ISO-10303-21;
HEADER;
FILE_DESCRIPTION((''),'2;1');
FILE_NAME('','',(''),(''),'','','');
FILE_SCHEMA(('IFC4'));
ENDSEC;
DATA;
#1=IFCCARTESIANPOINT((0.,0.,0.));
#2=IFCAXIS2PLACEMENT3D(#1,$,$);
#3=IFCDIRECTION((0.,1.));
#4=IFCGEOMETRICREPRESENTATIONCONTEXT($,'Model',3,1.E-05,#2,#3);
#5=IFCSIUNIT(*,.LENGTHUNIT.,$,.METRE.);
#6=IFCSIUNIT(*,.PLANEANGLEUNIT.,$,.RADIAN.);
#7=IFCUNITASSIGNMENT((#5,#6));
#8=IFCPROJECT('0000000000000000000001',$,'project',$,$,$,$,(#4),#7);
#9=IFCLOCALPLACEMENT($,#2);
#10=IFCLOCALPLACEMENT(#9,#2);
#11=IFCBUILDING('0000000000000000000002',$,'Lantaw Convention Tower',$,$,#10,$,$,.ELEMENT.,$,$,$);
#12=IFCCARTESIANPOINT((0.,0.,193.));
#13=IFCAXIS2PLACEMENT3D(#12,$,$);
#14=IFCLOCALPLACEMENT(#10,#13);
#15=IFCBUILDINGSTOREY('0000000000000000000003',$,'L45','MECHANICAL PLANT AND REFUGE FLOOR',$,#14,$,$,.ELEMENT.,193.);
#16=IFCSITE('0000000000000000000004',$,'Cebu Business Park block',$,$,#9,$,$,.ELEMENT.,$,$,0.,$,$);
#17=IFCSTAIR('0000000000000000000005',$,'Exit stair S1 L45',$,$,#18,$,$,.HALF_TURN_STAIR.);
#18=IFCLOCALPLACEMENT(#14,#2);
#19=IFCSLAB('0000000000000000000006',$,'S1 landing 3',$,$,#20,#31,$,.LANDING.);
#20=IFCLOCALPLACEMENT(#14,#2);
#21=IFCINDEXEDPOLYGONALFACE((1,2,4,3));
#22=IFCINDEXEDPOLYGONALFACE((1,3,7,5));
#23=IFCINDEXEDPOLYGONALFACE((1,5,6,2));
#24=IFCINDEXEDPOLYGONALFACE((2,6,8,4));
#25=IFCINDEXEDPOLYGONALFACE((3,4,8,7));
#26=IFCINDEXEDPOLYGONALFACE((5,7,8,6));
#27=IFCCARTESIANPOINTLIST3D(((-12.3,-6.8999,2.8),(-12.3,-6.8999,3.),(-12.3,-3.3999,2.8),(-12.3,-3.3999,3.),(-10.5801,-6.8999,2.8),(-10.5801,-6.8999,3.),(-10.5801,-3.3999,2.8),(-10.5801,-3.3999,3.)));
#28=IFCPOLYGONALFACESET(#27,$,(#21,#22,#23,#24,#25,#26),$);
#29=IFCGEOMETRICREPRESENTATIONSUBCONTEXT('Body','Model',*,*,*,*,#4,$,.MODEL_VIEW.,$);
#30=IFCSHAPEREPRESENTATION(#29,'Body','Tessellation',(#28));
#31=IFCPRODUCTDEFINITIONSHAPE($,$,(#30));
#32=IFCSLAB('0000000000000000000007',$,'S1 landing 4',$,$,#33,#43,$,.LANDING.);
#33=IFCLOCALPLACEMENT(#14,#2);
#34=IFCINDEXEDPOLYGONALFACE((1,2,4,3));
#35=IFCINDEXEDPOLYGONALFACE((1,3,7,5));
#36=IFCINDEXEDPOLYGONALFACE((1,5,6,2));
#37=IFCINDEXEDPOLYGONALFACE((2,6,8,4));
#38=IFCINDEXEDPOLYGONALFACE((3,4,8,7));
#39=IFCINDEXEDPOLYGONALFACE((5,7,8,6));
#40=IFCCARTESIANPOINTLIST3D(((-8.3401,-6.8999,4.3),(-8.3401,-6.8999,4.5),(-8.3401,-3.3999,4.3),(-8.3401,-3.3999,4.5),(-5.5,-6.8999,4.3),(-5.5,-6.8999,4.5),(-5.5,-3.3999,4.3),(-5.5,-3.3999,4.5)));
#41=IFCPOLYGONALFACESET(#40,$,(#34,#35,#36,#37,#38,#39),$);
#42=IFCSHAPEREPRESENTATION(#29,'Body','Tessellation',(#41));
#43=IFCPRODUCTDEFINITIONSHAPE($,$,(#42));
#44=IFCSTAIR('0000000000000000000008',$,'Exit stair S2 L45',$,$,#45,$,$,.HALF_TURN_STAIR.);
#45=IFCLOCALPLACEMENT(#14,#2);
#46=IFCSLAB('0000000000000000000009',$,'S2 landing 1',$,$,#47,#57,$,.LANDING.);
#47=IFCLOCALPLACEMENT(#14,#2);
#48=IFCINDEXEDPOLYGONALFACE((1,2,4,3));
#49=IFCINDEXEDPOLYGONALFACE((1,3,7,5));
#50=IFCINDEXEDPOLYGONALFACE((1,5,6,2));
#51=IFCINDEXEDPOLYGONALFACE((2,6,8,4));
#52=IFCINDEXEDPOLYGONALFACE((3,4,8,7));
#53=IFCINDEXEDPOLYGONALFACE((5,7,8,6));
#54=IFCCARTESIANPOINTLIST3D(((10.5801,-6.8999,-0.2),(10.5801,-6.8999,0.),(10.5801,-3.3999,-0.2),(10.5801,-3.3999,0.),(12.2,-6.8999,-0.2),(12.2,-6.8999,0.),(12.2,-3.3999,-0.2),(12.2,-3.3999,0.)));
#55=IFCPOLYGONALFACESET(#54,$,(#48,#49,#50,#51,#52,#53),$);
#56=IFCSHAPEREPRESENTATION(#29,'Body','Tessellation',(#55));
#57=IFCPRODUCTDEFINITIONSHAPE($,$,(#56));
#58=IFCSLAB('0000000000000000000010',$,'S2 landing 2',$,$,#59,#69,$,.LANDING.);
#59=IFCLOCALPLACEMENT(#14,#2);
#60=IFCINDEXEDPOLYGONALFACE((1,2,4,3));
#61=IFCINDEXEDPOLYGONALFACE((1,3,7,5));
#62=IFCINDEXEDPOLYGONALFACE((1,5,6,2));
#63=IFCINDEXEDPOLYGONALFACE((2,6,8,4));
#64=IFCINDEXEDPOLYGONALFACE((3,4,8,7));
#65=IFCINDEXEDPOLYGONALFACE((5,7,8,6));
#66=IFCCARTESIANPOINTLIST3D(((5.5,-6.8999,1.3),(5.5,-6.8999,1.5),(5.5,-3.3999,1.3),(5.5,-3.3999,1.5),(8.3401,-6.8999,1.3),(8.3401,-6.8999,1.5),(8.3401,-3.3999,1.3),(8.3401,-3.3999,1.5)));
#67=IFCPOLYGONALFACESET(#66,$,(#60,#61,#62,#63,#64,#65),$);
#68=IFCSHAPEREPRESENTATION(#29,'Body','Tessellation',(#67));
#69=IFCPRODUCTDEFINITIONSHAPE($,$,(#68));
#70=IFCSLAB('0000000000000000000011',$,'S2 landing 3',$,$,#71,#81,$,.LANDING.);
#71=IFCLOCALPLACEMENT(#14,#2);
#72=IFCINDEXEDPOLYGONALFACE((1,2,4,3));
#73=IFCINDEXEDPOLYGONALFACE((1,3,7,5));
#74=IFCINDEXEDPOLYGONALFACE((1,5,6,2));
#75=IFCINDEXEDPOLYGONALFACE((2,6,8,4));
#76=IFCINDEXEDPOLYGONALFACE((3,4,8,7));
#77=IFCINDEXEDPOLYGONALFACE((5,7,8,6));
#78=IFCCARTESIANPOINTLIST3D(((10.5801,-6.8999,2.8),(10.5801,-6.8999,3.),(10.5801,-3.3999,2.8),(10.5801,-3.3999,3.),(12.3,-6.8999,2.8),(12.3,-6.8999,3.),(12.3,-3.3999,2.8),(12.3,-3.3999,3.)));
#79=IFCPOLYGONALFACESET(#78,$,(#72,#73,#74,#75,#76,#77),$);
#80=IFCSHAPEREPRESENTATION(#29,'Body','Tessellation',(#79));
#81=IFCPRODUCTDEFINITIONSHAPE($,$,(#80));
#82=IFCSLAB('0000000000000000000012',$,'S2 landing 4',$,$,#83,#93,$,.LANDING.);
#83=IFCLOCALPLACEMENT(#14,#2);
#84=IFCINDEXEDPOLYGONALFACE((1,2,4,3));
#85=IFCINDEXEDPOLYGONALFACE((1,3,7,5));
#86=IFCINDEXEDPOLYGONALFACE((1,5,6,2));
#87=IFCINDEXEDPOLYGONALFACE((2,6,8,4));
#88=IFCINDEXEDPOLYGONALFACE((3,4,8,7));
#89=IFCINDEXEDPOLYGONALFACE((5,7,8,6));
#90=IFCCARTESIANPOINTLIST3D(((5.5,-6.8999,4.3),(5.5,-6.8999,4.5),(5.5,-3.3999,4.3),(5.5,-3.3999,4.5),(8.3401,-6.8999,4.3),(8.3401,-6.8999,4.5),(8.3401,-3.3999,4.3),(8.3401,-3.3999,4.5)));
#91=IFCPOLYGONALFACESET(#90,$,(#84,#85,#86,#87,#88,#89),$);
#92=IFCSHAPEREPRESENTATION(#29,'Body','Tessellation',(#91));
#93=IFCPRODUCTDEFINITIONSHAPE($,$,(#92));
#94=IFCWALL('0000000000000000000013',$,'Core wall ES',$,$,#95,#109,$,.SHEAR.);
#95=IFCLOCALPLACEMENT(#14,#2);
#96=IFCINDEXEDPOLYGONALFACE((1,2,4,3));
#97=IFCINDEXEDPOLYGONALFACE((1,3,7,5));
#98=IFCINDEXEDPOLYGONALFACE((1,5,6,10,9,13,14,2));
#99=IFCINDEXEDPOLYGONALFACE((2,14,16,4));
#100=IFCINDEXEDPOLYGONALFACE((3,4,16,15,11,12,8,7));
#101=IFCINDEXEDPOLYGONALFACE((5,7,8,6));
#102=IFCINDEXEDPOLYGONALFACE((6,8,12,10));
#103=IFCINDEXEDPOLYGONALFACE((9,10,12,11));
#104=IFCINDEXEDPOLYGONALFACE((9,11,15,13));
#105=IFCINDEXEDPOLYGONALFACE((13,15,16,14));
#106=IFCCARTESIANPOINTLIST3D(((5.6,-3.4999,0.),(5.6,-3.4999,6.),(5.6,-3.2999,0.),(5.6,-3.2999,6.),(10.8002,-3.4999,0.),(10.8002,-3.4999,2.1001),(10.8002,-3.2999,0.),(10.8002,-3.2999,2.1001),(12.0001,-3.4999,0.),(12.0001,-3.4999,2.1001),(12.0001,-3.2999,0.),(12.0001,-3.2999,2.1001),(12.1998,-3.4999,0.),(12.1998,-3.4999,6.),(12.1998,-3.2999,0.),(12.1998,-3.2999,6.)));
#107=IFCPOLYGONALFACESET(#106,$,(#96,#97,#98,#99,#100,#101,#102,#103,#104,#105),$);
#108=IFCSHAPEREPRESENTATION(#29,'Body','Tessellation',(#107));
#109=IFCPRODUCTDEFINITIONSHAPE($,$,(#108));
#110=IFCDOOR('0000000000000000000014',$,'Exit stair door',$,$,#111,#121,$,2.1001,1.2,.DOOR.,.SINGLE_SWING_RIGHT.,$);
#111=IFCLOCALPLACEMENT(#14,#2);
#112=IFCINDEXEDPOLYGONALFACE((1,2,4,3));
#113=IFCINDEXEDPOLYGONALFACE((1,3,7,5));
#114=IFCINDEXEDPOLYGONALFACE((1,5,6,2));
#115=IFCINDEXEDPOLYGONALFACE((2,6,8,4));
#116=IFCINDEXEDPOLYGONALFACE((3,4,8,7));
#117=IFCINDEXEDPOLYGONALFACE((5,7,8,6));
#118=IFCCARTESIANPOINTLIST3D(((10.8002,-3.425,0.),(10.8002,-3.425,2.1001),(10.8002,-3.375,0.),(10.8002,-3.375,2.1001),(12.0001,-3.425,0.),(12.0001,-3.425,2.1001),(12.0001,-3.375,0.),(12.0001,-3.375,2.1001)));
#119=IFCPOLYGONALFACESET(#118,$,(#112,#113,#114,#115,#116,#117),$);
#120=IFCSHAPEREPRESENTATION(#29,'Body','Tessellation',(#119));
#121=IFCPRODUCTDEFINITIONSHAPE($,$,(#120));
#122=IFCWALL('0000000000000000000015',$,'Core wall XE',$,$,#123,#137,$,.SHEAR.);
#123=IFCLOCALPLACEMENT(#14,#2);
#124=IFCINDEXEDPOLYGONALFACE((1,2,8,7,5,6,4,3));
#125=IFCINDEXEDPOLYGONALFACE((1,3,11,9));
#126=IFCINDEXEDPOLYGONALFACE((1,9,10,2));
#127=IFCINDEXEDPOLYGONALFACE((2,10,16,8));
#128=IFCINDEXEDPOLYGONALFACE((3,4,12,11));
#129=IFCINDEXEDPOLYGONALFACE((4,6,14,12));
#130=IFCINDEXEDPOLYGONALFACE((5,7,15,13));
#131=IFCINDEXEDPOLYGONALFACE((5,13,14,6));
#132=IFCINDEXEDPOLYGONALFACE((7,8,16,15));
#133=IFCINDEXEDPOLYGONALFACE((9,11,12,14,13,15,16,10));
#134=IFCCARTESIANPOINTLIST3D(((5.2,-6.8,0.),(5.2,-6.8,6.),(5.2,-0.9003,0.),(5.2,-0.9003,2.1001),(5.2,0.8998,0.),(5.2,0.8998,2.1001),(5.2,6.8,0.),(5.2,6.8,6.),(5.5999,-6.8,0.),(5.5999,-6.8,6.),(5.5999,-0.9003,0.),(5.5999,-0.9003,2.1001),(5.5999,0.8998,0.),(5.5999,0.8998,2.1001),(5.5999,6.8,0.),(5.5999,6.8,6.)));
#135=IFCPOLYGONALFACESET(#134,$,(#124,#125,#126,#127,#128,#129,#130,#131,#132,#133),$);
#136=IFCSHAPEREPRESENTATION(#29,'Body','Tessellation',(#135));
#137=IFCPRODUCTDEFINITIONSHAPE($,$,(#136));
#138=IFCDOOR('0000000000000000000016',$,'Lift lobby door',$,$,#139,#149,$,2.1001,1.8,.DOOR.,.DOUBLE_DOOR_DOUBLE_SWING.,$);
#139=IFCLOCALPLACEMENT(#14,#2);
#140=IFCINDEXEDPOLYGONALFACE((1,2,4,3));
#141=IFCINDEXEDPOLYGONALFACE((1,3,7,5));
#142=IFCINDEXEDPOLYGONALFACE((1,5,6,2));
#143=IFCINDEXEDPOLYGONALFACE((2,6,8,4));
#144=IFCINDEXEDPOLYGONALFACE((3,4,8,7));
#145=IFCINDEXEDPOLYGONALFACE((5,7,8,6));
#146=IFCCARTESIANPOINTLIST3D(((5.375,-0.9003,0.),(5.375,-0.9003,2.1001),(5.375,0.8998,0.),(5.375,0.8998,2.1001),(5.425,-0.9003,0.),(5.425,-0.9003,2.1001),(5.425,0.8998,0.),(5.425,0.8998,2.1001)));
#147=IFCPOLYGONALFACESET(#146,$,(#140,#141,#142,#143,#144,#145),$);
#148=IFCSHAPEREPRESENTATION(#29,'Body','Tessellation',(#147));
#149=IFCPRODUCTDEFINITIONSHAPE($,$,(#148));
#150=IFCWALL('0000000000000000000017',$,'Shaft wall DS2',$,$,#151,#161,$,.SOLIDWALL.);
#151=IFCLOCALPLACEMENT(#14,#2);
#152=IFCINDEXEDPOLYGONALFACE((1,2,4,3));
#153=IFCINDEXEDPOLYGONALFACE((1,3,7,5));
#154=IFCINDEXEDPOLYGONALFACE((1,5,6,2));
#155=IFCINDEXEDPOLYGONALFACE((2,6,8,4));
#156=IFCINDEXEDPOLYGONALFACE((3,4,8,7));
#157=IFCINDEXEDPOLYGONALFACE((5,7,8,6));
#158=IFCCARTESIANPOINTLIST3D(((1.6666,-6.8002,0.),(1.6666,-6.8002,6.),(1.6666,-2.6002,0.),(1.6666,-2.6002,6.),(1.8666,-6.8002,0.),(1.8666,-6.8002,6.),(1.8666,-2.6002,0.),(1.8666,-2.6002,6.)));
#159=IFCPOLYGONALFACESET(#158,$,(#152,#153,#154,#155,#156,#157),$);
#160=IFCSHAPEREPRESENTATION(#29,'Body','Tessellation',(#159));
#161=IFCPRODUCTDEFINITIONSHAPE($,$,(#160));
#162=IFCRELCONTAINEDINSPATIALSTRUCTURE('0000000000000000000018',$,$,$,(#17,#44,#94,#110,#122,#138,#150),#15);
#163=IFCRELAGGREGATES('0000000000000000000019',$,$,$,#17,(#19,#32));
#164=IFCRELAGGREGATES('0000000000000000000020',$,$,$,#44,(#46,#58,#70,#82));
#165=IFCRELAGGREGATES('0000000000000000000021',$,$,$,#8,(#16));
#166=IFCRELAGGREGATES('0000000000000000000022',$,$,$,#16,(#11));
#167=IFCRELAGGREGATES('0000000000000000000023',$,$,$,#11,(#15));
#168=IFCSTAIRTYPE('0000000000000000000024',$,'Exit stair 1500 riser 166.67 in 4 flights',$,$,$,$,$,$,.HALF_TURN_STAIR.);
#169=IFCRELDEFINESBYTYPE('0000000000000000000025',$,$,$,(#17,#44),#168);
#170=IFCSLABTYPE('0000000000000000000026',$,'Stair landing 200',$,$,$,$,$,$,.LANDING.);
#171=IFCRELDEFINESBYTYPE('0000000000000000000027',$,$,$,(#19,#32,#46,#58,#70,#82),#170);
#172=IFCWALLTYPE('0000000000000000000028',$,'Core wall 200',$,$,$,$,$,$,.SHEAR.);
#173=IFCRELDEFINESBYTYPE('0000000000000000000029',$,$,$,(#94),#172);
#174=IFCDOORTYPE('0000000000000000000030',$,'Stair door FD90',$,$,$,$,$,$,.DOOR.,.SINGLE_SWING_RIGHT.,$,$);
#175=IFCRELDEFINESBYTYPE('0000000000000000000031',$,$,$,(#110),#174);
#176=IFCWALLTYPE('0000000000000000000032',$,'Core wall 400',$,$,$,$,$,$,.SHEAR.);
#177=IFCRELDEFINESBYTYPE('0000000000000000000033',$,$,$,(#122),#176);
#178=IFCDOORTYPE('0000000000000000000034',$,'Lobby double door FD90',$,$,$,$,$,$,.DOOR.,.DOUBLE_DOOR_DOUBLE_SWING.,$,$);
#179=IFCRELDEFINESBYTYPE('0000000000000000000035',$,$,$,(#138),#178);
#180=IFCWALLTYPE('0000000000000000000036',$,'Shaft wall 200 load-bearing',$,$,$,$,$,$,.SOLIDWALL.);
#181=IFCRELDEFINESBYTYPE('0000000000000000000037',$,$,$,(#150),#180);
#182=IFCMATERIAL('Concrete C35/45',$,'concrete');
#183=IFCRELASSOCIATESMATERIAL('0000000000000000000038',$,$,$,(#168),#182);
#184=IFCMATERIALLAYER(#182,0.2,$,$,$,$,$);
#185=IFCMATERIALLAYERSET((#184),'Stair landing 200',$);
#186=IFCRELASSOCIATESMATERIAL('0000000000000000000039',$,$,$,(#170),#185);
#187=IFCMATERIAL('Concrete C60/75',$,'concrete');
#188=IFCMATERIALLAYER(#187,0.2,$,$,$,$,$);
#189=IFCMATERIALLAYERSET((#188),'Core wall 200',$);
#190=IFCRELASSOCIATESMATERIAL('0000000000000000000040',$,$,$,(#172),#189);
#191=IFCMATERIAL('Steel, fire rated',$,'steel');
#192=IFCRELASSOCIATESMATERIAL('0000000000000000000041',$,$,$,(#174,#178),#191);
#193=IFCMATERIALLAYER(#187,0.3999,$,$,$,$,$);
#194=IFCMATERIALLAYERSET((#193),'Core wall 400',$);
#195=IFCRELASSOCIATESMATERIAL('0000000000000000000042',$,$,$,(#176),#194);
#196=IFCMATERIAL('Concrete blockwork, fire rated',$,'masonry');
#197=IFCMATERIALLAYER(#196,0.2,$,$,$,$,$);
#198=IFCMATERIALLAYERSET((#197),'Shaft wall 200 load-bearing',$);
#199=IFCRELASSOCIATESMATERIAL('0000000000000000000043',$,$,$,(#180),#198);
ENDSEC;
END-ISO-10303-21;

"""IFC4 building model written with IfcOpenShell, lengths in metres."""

from ifc_helpers import new_model, si_unit, direction, frame, frame_2d, origin, place, context, subcontext, project, spatial, polyline, rectangle, outline, extrude, material, layer, layer_set, type_object, element, fill, aggregate, save


model = new_model("IFC4")

# Units and contexts
model_context = context("Model", 3, precision=1e-05, world=origin(), true_north=direction((0.0, 1.0)))
body_context = subcontext(model_context, "Body", "Model", "MODEL_VIEW")
ifc_project = project(units=[si_unit("LENGTHUNIT", "METRE"), si_unit("PLANEANGLEUNIT", "RADIAN")], contexts=[model_context])

# Site, building, storey
site_placement = place(None, origin())
site = spatial("IfcSite", under=ifc_project, at=site_placement, Name="Cebu Business Park block", CompositionType="ELEMENT", RefElevation=0.0)
building_placement = place(site_placement, origin())
building = spatial("IfcBuilding", under=site, at=building_placement, Name="Lantaw Convention Tower", CompositionType="ELEMENT")
storey_placement = place(building_placement, frame((0.0, 0.0, 193.0)))
storey = spatial("IfcBuildingStorey", under=building, at=storey_placement, Name="L45", Description="MECHANICAL PLANT AND REFUGE FLOOR", CompositionType="ELEMENT", Elevation=193.0)

# Shared definitions
ifc_material_1 = material(Name="Concrete C35/45", Category="concrete")

# Stairs, slabs
stair_type = type_object("IfcStairType", Name="Exit stair 1500 riser 166.67 in 4 flights", PredefinedType="HALF_TURN_STAIR", material=ifc_material_1)
stair_1_placement = place(storey_placement, origin())
stair_1 = element("IfcStair", 1, at=stair_1_placement, inside=storey, type_object=stair_type, Name="Exit stair S1 L45", PredefinedType="HALF_TURN_STAIR")
ifc_layer_1 = layer(ifc_material_1, 0.2)
ifc_layer_set_1 = layer_set([ifc_layer_1], Name="Stair landing 200")
slab_type_1 = type_object("IfcSlabType", Name="Stair landing 200", PredefinedType="LANDING", material=ifc_layer_set_1)
slab_1_placement = place(storey_placement, frame((0.0, 0.0, 2.8)))
slab_1 = element("IfcSlab", 2, at=slab_1_placement, type_object=slab_type_1, Name="S1 landing 3", PredefinedType="LANDING", context=body_context, shape_type="SweptSolid", body=[
    extrude(outline(polyline([(-12.3, -6.8999), (-10.5801, -6.8999), (-10.5801, -3.3999), (-12.3, -3.3999), (-12.3, -6.8999)])), origin(), (0.0, 0.0, 1.0), 0.2),
])
slab_2_placement = place(storey_placement, frame((0.0, 0.0, 4.3)))
slab_2 = element("IfcSlab", 3, at=slab_2_placement, type_object=slab_type_1, Name="S1 landing 4", PredefinedType="LANDING", context=body_context, shape_type="SweptSolid", body=[
    extrude(outline(polyline([(-8.3401, -6.8999), (-5.5, -6.8999), (-5.5, -3.3999), (-8.3401, -3.3999), (-8.3401, -6.8999)])), origin(), (0.0, 0.0, 1.0), 0.2),
])
aggregate(stair_1, [slab_1, slab_2])
stair_2_placement = place(storey_placement, origin())
stair_2 = element("IfcStair", 4, at=stair_2_placement, inside=storey, type_object=stair_type, Name="Exit stair S2 L45", PredefinedType="HALF_TURN_STAIR")
slab_3_placement = place(storey_placement, frame((0.0, 0.0, -0.2)))
slab_3 = element("IfcSlab", 5, at=slab_3_placement, type_object=slab_type_1, Name="S2 landing 1", PredefinedType="LANDING", context=body_context, shape_type="SweptSolid", body=[
    extrude(outline(polyline([(10.5801, -6.8999), (12.2, -6.8999), (12.2, -3.3999), (10.5801, -3.3999), (10.5801, -6.8999)])), origin(), (0.0, 0.0, 1.0), 0.2),
])
slab_4_placement = place(storey_placement, frame((0.0, 0.0, 1.3)))
slab_4 = element("IfcSlab", 6, at=slab_4_placement, type_object=slab_type_1, Name="S2 landing 2", PredefinedType="LANDING", context=body_context, shape_type="SweptSolid", body=[
    extrude(outline(polyline([(5.5, -6.8999), (8.3401, -6.8999), (8.3401, -3.3999), (5.5, -3.3999), (5.5, -6.8999)])), origin(), (0.0, 0.0, 1.0), 0.2),
])
slab_5_placement = place(storey_placement, frame((0.0, 0.0, 2.8)))
slab_5 = element("IfcSlab", 7, at=slab_5_placement, type_object=slab_type_1, Name="S2 landing 3", PredefinedType="LANDING", context=body_context, shape_type="SweptSolid", body=[
    extrude(outline(polyline([(10.5801, -6.8999), (12.3, -6.8999), (12.3, -3.3999), (10.5801, -3.3999), (10.5801, -6.8999)])), origin(), (0.0, 0.0, 1.0), 0.2),
])
slab_6_placement = place(storey_placement, frame((0.0, 0.0, 4.3)))
slab_6 = element("IfcSlab", 8, at=slab_6_placement, type_object=slab_type_1, Name="S2 landing 4", PredefinedType="LANDING", context=body_context, shape_type="SweptSolid", body=[
    extrude(outline(polyline([(5.5, -6.8999), (8.3401, -6.8999), (8.3401, -3.3999), (5.5, -3.3999), (5.5, -6.8999)])), origin(), (0.0, 0.0, 1.0), 0.2),
])
aggregate(stair_2, [slab_3, slab_4, slab_5, slab_6])

# Walls, openings, doors
ifc_material_2 = material(Name="Concrete C60/75", Category="concrete")
ifc_layer_2 = layer(ifc_material_2, 0.2)
ifc_layer_set_2 = layer_set([ifc_layer_2], Name="Core wall 200")
wall_type_1 = type_object("IfcWallType", Name="Core wall 200", PredefinedType="SHEAR", material=ifc_layer_set_2)
wall_1_placement = place(storey_placement, frame((5.6001, -3.3999, 0.0), z_axis=(0.0, 0.0, 1.0), x_axis=(1.0, 0.0, 0.0)))
wall_1 = element("IfcWall", 9, at=wall_1_placement, inside=storey, type_object=wall_type_1, Name="Core wall ES", PredefinedType="SHEAR", context=body_context, shape_type="SweptSolid", body=[
    extrude(rectangle(XDim=6.5999, YDim=0.2, at=frame_2d((3.2998, 0.0))), origin(), (0.0, 0.0, 1.0), 6.0),
])
opening_1_placement = place(wall_1_placement, frame((5.2, 0.0, 0.0)))
opening_1 = element("IfcOpeningElement", 10, at=opening_1_placement, cuts=wall_1, PredefinedType="OPENING", context=body_context, shape_type="SweptSolid", body=[
    extrude(rectangle(XDim=1.2, YDim=2.1001, at=frame_2d((0.6001, 1.05))), frame((0.0, 0.1099, 0.0), z_axis=(0.0, -1.0, 0.0), x_axis=(1.0, 0.0, 0.0)), (0.0, 0.0, 1.0), 0.22),
])
ifc_material_3 = material(Name="Steel, fire rated", Category="steel")
door_type_1 = type_object("IfcDoorType", Name="Stair door FD90", OperationType="SINGLE_SWING_RIGHT", PredefinedType="DOOR", material=ifc_material_3)
door_1_placement = place(opening_1_placement, origin())
door_1 = element("IfcDoor", 11, at=door_1_placement, inside=storey, type_object=door_type_1, Name="Exit stair door", OperationType="SINGLE_SWING_RIGHT", OverallHeight=2.1001, OverallWidth=1.2, PredefinedType="DOOR", context=body_context, shape_type="SweptSolid", body=[
    extrude(rectangle(XDim=1.2, YDim=2.1001, at=frame_2d((0.6001, 1.05))), frame((0.0, 0.0249, 0.0), z_axis=(0.0, -1.0, 0.0), x_axis=(1.0, 0.0, 0.0)), (0.0, 0.0, 1.0), 0.05),
])
fill(opening_1, door_1)
ifc_layer_3 = layer(ifc_material_2, 0.3999)
ifc_layer_set_3 = layer_set([ifc_layer_3], Name="Core wall 400")
wall_type_2 = type_object("IfcWallType", Name="Core wall 400", PredefinedType="SHEAR", material=ifc_layer_set_3)
wall_2_placement = place(storey_placement, frame((5.3999, -6.8, 0.0), z_axis=(0.0, 0.0, 1.0), x_axis=(0.0, 1.0, 0.0)))
wall_2 = element("IfcWall", 12, at=wall_2_placement, inside=storey, type_object=wall_type_2, Name="Core wall XE", PredefinedType="SHEAR", context=body_context, shape_type="SweptSolid", body=[
    extrude(rectangle(XDim=13.6001, YDim=0.3999, at=frame_2d((6.8, 0.0))), origin(), (0.0, 0.0, 1.0), 6.0),
])
opening_2_placement = place(wall_2_placement, frame((5.8999, 0.0, 0.0)))
opening_2 = element("IfcOpeningElement", 13, at=opening_2_placement, cuts=wall_2, PredefinedType="OPENING", context=body_context, shape_type="SweptSolid", body=[
    extrude(rectangle(XDim=1.8, YDim=2.1001, at=frame_2d((0.8999, 1.05))), frame((0.0, 0.21, 0.0), z_axis=(0.0, -1.0, 0.0), x_axis=(1.0, 0.0, 0.0)), (0.0, 0.0, 1.0), 0.4199),
])
door_type_2 = type_object("IfcDoorType", Name="Lobby double door FD90", OperationType="DOUBLE_DOOR_DOUBLE_SWING", PredefinedType="DOOR", material=ifc_material_3)
door_2_placement = place(opening_2_placement, origin())
door_2 = element("IfcDoor", 14, at=door_2_placement, inside=storey, type_object=door_type_2, Name="Lift lobby door", OperationType="DOUBLE_DOOR_DOUBLE_SWING", OverallHeight=2.1001, OverallWidth=1.8, PredefinedType="DOOR", context=body_context, shape_type="SweptSolid", body=[
    extrude(rectangle(XDim=1.8, YDim=2.1001, at=frame_2d((0.8999, 1.05))), frame((0.0, 0.0249, 0.0), z_axis=(0.0, -1.0, 0.0), x_axis=(1.0, 0.0, 0.0)), (0.0, 0.0, 1.0), 0.05),
])
fill(opening_2, door_2)

# Wall
ifc_material_4 = material(Name="Concrete blockwork, fire rated", Category="masonry")
ifc_layer_4 = layer(ifc_material_4, 0.2)
ifc_layer_set_4 = layer_set([ifc_layer_4], Name="Shaft wall 200 load-bearing")
wall_type_3 = type_object("IfcWallType", Name="Shaft wall 200 load-bearing", PredefinedType="SOLIDWALL", material=ifc_layer_set_4)
wall_3_placement = place(storey_placement, frame((1.7666, -2.6001, 0.0), z_axis=(0.0, 0.0, 1.0), x_axis=(0.0, -1.0, 0.0)))
element("IfcWall", 15, at=wall_3_placement, inside=storey, type_object=wall_type_3, Name="Shaft wall DS2", PredefinedType="SOLIDWALL", context=body_context, shape_type="SweptSolid", body=[
    extrude(rectangle(XDim=4.2, YDim=0.2, at=frame_2d((2.1001, 0.0))), origin(), (0.0, 0.0, 1.0), 6.0),
])

save(model, "model.ifc")
